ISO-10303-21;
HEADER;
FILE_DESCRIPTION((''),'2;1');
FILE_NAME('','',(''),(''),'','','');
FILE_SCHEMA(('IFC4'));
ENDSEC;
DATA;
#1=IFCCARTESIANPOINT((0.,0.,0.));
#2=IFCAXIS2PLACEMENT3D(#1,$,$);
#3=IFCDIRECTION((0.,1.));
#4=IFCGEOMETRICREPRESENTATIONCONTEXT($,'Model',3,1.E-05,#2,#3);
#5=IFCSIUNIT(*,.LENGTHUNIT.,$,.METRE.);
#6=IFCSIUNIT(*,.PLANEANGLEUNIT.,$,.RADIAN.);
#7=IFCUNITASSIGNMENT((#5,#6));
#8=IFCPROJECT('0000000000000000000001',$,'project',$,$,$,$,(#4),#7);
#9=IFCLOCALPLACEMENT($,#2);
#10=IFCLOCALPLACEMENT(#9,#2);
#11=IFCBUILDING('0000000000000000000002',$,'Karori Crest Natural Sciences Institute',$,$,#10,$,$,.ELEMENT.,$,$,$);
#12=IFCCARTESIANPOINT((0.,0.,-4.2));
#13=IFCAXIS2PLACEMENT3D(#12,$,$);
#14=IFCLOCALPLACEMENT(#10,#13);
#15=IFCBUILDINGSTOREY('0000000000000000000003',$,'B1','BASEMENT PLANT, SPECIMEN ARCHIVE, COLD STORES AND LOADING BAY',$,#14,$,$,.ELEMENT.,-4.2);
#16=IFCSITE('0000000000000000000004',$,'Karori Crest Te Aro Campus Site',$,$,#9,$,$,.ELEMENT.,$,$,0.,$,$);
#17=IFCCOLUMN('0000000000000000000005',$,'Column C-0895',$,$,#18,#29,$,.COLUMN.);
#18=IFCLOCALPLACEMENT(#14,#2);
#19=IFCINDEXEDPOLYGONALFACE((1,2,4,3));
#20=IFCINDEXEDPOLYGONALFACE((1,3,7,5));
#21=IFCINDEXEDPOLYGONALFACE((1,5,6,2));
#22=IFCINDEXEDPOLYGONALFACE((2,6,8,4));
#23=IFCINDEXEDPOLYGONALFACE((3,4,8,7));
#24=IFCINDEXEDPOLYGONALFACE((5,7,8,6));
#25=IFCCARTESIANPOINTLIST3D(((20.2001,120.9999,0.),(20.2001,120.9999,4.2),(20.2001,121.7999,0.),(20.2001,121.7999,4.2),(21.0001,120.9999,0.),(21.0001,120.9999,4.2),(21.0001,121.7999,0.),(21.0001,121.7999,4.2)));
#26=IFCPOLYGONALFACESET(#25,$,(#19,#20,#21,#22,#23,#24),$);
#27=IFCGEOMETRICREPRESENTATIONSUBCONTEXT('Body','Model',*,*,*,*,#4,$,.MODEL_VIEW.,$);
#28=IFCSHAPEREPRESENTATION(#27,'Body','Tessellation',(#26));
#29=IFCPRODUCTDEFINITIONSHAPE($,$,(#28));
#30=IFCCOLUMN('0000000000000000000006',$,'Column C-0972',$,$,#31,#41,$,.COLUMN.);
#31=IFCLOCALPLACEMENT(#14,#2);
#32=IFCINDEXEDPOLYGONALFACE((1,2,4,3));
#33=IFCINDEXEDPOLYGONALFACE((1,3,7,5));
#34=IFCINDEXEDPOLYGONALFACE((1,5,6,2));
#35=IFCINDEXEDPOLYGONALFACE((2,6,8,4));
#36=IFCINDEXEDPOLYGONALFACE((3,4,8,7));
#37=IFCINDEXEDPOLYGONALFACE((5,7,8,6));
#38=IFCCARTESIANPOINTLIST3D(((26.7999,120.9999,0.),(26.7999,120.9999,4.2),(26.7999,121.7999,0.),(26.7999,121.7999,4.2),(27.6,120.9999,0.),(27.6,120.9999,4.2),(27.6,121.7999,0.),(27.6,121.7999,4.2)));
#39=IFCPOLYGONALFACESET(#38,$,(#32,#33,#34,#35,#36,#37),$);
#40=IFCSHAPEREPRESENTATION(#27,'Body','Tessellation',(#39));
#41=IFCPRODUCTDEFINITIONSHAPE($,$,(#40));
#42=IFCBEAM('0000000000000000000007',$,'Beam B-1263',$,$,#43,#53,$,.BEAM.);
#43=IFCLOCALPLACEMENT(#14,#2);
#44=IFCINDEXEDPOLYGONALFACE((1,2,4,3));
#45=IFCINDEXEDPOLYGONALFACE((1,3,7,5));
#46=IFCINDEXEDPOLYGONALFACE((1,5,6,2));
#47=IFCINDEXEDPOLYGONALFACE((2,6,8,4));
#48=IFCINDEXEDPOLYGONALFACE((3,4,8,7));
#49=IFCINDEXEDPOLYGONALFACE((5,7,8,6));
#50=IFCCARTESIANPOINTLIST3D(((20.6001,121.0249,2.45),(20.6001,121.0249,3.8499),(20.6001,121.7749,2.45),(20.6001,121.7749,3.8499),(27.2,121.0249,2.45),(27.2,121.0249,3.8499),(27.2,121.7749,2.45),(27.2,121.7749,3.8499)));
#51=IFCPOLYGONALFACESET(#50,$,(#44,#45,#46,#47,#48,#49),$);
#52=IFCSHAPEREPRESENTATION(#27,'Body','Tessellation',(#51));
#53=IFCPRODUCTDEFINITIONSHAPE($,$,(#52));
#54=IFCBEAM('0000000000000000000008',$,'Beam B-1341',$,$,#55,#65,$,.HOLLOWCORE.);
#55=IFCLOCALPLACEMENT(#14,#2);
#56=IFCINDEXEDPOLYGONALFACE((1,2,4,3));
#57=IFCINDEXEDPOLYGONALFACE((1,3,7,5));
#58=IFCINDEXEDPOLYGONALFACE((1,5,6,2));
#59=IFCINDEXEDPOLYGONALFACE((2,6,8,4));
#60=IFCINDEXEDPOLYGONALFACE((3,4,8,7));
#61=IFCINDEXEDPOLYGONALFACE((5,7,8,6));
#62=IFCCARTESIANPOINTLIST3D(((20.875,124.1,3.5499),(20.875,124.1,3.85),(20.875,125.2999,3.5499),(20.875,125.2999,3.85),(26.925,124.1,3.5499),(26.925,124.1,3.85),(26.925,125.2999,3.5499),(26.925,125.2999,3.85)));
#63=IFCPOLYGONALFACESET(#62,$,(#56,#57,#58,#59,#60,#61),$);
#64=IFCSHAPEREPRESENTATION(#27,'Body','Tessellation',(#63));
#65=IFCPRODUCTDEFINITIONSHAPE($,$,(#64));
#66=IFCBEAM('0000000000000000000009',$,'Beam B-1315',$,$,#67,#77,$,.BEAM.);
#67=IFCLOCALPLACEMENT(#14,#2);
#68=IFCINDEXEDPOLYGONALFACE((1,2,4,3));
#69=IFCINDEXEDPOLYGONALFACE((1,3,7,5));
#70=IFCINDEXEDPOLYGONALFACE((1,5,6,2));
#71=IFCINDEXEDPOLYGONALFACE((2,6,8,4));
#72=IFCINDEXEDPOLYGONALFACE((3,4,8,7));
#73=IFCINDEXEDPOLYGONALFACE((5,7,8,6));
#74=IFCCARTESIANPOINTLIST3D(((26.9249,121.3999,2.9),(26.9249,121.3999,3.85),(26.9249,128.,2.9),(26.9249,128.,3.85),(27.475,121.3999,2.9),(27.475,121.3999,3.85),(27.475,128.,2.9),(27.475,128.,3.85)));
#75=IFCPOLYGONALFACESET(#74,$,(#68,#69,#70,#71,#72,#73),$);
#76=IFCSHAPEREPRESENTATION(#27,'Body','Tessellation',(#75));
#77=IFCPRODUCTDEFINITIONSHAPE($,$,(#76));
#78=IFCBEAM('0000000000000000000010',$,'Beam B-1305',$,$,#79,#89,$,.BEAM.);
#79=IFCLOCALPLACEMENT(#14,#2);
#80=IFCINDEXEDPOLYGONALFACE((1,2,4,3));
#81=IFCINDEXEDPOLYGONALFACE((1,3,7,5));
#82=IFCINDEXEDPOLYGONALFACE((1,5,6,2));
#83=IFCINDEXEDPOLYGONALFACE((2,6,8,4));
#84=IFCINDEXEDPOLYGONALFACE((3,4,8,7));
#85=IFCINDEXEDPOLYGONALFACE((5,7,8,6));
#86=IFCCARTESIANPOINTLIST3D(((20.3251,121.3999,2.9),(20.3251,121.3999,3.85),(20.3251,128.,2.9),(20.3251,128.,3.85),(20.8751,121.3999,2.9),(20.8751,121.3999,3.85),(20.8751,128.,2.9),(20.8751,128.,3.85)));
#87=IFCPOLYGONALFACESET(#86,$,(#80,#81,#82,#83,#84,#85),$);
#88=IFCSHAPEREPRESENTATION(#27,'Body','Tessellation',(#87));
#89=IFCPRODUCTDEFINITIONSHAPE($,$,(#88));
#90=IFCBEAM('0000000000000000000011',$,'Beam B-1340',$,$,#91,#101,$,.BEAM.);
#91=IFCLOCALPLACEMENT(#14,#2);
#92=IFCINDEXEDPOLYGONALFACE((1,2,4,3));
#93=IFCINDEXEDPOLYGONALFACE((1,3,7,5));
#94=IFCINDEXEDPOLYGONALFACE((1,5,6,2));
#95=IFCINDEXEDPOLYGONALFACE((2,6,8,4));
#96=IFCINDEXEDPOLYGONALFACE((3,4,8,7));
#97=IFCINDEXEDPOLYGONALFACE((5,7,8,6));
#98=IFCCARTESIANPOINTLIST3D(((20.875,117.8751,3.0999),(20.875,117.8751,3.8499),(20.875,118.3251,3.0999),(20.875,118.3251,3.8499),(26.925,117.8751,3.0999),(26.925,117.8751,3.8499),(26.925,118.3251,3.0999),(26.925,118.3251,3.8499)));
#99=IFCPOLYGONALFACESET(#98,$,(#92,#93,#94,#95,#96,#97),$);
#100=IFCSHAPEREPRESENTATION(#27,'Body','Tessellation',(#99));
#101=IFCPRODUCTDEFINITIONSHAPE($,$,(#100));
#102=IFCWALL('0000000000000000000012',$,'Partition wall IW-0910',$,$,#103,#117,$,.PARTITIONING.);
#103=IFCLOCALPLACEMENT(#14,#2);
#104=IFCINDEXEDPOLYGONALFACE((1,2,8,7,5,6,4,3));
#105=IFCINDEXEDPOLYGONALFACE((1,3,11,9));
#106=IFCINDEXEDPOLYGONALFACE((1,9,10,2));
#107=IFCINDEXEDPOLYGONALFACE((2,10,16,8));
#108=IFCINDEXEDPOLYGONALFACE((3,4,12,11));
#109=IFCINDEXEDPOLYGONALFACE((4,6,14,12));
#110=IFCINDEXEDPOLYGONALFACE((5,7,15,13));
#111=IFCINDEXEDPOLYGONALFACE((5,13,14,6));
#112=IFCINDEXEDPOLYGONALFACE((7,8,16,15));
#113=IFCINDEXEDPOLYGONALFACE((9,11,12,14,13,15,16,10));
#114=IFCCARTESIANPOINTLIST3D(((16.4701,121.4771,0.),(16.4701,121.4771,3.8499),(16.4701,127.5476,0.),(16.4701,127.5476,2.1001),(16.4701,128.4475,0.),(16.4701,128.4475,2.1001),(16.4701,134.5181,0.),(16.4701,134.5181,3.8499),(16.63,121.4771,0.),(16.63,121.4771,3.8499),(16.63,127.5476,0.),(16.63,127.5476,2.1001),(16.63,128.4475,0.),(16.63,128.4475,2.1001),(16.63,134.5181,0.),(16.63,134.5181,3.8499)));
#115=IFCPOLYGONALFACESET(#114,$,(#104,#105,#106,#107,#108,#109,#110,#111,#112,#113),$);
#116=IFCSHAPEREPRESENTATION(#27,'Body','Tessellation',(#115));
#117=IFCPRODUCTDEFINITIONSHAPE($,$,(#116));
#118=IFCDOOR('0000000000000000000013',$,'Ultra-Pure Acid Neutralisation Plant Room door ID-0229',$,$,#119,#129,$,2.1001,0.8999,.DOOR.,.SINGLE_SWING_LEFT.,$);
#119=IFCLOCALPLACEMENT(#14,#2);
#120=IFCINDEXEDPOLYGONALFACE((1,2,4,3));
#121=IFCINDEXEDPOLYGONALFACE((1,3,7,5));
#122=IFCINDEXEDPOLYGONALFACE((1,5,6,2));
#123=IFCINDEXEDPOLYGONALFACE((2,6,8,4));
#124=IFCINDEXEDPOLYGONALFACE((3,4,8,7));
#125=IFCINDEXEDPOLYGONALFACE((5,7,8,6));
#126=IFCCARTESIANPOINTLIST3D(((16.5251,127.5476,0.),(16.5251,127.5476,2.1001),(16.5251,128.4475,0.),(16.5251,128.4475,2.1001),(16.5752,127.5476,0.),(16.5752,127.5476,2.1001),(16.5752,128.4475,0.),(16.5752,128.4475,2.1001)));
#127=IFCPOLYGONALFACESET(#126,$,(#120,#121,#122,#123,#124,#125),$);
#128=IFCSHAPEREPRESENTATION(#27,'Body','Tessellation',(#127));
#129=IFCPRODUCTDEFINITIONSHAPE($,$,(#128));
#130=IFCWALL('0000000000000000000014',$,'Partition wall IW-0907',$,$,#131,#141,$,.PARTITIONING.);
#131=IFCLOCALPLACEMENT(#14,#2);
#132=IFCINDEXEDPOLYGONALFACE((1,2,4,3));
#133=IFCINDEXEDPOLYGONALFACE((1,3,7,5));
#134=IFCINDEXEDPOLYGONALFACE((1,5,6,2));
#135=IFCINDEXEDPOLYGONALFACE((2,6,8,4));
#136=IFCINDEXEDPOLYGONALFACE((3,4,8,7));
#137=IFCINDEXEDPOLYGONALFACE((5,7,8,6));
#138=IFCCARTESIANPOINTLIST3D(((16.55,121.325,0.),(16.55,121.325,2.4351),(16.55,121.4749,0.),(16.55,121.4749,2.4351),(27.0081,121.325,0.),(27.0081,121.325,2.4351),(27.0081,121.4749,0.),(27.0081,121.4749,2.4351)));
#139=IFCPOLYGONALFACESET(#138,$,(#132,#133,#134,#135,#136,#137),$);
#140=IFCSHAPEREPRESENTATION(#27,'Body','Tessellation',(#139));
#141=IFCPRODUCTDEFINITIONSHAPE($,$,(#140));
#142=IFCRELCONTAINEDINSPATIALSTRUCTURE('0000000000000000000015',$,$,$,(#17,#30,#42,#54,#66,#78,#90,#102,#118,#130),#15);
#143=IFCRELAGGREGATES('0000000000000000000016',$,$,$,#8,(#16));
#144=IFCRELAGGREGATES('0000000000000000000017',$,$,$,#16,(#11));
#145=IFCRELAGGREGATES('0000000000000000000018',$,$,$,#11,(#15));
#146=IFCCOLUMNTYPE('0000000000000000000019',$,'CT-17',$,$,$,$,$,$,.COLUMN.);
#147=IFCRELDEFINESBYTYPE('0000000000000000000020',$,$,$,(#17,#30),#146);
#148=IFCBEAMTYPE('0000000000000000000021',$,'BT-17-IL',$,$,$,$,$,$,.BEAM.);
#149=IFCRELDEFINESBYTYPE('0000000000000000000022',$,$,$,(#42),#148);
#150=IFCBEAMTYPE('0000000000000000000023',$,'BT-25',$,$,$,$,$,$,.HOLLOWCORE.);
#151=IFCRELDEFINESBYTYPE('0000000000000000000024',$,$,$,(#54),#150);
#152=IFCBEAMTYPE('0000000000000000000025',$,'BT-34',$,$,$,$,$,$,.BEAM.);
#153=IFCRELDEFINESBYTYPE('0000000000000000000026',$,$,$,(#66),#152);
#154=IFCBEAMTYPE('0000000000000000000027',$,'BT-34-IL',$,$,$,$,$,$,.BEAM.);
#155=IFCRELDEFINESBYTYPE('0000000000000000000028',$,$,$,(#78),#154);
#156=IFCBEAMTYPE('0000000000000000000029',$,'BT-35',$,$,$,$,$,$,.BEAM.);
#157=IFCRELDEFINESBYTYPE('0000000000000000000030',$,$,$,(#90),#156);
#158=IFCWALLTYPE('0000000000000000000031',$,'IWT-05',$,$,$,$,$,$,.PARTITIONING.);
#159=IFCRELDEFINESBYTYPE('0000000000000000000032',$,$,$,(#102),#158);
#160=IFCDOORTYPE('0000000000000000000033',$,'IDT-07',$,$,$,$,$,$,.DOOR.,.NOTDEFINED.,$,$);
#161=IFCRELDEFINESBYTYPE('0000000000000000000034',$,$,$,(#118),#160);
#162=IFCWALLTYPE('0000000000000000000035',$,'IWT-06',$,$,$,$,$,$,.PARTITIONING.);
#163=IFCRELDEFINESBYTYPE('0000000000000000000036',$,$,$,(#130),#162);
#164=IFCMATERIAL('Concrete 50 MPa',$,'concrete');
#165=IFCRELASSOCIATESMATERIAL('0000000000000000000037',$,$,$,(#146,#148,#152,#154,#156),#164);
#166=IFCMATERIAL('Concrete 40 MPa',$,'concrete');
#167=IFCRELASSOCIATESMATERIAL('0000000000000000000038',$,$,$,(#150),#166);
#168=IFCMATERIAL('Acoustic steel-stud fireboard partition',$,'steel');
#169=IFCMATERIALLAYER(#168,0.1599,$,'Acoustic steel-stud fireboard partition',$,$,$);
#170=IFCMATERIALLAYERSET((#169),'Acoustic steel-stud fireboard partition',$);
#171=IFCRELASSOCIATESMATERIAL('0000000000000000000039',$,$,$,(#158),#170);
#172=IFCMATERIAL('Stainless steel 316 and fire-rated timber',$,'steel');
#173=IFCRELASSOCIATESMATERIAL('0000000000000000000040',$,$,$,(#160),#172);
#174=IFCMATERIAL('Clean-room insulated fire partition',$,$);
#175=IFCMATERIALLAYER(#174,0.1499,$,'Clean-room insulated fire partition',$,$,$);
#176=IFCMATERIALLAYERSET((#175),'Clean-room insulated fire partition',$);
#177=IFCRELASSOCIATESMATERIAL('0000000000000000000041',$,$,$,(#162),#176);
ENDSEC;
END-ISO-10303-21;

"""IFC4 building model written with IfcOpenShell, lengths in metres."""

from ifc_helpers import new_model, si_unit, direction, frame, frame_2d, origin, origin_2d, place, context, subcontext, project, spatial, rectangle, extrude, material, layer, layer_set, material_profile, profile_set, type_object, element, fill, save


model = new_model("IFC4")

# Units and contexts
model_context = context("Model", 3, precision=1e-05, world=origin(), true_north=direction((0.0, 1.0)))
body_context = subcontext(model_context, "Body", "Model", "MODEL_VIEW")
ifc_project = project(units=[si_unit("LENGTHUNIT", "METRE"), si_unit("PLANEANGLEUNIT", "RADIAN")], contexts=[model_context])

# Site, building, storey
site_placement = place(None, origin())
site = spatial("IfcSite", under=ifc_project, at=site_placement, Name="Karori Crest Te Aro Campus Site", CompositionType="ELEMENT", RefElevation=0.0)
building_placement = place(site_placement, origin())
building = spatial("IfcBuilding", under=site, at=building_placement, Name="Karori Crest Natural Sciences Institute", CompositionType="ELEMENT")
storey_placement = place(building_placement, frame((0.0, 0.0, -4.2)))
storey = spatial("IfcBuildingStorey", under=building, at=storey_placement, Name="B1", Description="BASEMENT PLANT, SPECIMEN ARCHIVE, COLD STORES AND LOADING BAY", CompositionType="ELEMENT", Elevation=-4.2)

# Shared definitions
ifc_material_1 = material(Name="Concrete 40 MPa", Category="concrete")

# Columns
ifc_material_2 = material(Name="Concrete 50 MPa", Category="concrete")
ifc_material_profile_1 = material_profile(ifc_material_2, rectangle(XDim=0.8, YDim=0.8, at=origin_2d()), Name="RC800x800")
ifc_profile_set_1 = profile_set([ifc_material_profile_1], Name="Concrete 50 MPa")
column_type = type_object("IfcColumnType", Name="CT-17", PredefinedType="COLUMN", material=ifc_profile_set_1)
for number, where, z_axis, x_axis, name in (
    (1, (20.6001, 121.3999, 0.0), (0.0, 0.0, 1.0), (1.0, 0.0, 0.0), "Column C-0895"),
    (2, (27.2, 121.3999, 0.0), (0.0, 0.0, 1.0), (1.0, 0.0, 0.0), "Column C-0972"),
):
    element("IfcColumn", number, at=place(storey_placement, frame(where, z_axis=z_axis, x_axis=x_axis)), inside=storey, type_object=column_type, Name=name, PredefinedType="COLUMN", context=body_context, shape_type="SweptSolid", body=[
        extrude(rectangle(XDim=0.8, YDim=0.8, at=origin_2d()), origin(), (0.0, 0.0, 1.0), 4.2),
    ])

# Beams
ifc_material_profile_2 = material_profile(ifc_material_2, rectangle(XDim=0.75, YDim=1.3999, at=origin_2d()), Name="RCB750x1400")
ifc_profile_set_2 = profile_set([ifc_material_profile_2], Name="Concrete 50 MPa")
beam_type_1 = type_object("IfcBeamType", Name="BT-17-IL", PredefinedType="BEAM", material=ifc_profile_set_2)
beam_1_placement = place(storey_placement, frame((20.6001, 121.3999, 3.1499), z_axis=(1.0, 0.0, 0.0), x_axis=(0.0, 1.0, 0.0)))
element("IfcBeam", 3, at=beam_1_placement, inside=storey, type_object=beam_type_1, Name="Beam B-1263", PredefinedType="BEAM", context=body_context, shape_type="SweptSolid", body=[
    extrude(rectangle(XDim=0.75, YDim=1.3999, at=origin_2d()), origin(), (0.0, 0.0, 1.0), 6.5999),
])
ifc_material_profile_3 = material_profile(ifc_material_1, rectangle(XDim=1.2, YDim=0.3, at=origin_2d()), Name="HCP1200x300")
ifc_profile_set_3 = profile_set([ifc_material_profile_3], Name="Concrete 40 MPa")
beam_type_2 = type_object("IfcBeamType", Name="BT-25", PredefinedType="HOLLOWCORE", material=ifc_profile_set_3)
beam_2_placement = place(storey_placement, frame((20.875, 124.7, 3.7), z_axis=(1.0, 0.0, 0.0), x_axis=(0.0, 1.0, 0.0)))
element("IfcBeam", 4, at=beam_2_placement, inside=storey, type_object=beam_type_2, Name="Beam B-1341", PredefinedType="HOLLOWCORE", context=body_context, shape_type="SweptSolid", body=[
    extrude(rectangle(XDim=1.2, YDim=0.3, at=origin_2d()), origin(), (0.0, 0.0, 1.0), 6.05),
])
ifc_material_profile_4 = material_profile(ifc_material_2, rectangle(XDim=0.55, YDim=0.95, at=origin_2d()), Name="RCB550x950")
ifc_profile_set_4 = profile_set([ifc_material_profile_4], Name="Concrete 50 MPa")
beam_type_3 = type_object("IfcBeamType", Name="BT-34", PredefinedType="BEAM", material=ifc_profile_set_4)
beam_3_placement = place(storey_placement, frame((27.2, 121.3999, 3.375), z_axis=(0.0, 1.0, 0.0), x_axis=(-1.0, 0.0, 0.0)))
element("IfcBeam", 5, at=beam_3_placement, inside=storey, type_object=beam_type_3, Name="Beam B-1315", PredefinedType="BEAM", context=body_context, shape_type="SweptSolid", body=[
    extrude(rectangle(XDim=0.55, YDim=0.95, at=origin_2d()), origin(), (0.0, 0.0, 1.0), 6.6001),
])
ifc_material_profile_5 = material_profile(ifc_material_2, rectangle(XDim=0.55, YDim=0.95, at=origin_2d()), Name="RCB550x950")
ifc_profile_set_5 = profile_set([ifc_material_profile_5], Name="Concrete 50 MPa")
beam_type_4 = type_object("IfcBeamType", Name="BT-34-IL", PredefinedType="BEAM", material=ifc_profile_set_5)
beam_4_placement = place(storey_placement, frame((20.6001, 121.3999, 3.375), z_axis=(0.0, 1.0, 0.0), x_axis=(-1.0, 0.0, 0.0)))
element("IfcBeam", 6, at=beam_4_placement, inside=storey, type_object=beam_type_4, Name="Beam B-1305", PredefinedType="BEAM", context=body_context, shape_type="SweptSolid", body=[
    extrude(rectangle(XDim=0.55, YDim=0.95, at=origin_2d()), origin(), (0.0, 0.0, 1.0), 6.6001),
])
ifc_material_profile_6 = material_profile(ifc_material_2, rectangle(XDim=0.45, YDim=0.75, at=origin_2d()), Name="RCB450x750")
ifc_profile_set_6 = profile_set([ifc_material_profile_6], Name="Concrete 50 MPa")
beam_type_5 = type_object("IfcBeamType", Name="BT-35", PredefinedType="BEAM", material=ifc_profile_set_6)
beam_5_placement = place(storey_placement, frame((20.875, 118.1001, 3.4749), z_axis=(1.0, 0.0, 0.0), x_axis=(0.0, 1.0, 0.0)))
element("IfcBeam", 7, at=beam_5_placement, inside=storey, type_object=beam_type_5, Name="Beam B-1340", PredefinedType="BEAM", context=body_context, shape_type="SweptSolid", body=[
    extrude(rectangle(XDim=0.45, YDim=0.75, at=origin_2d()), origin(), (0.0, 0.0, 1.0), 6.05),
])

# Wall, opening, door
ifc_material_3 = material(Name="Acoustic steel-stud fireboard partition", Category="steel")
ifc_layer_1 = layer(ifc_material_3, 0.1599, Name="Acoustic steel-stud fireboard partition")
ifc_layer_set_1 = layer_set([ifc_layer_1], Name="Acoustic steel-stud fireboard partition")
wall_type_1 = type_object("IfcWallType", Name="IWT-05", PredefinedType="PARTITIONING", material=ifc_layer_set_1)
wall_1_placement = place(storey_placement, frame((16.55, 121.4771, 0.0), z_axis=(0.0, 0.0, 1.0), x_axis=(0.0, 1.0, 0.0)))
wall_1 = element("IfcWall", 8, at=wall_1_placement, inside=storey, type_object=wall_type_1, Name="Partition wall IW-0910", PredefinedType="PARTITIONING", context=body_context, shape_type="SweptSolid", body=[
    extrude(rectangle(XDim=13.041, YDim=0.1599, at=frame_2d((6.5205, 0.0))), origin(), (0.0, 0.0, 1.0), 3.8499),
])
opening_placement = place(wall_1_placement, frame((6.0706, 0.0, 0.0)))
opening = element("IfcOpeningElement", 9, at=opening_placement, cuts=wall_1, PredefinedType="OPENING", context=body_context, shape_type="SweptSolid", body=[
    extrude(rectangle(XDim=0.8999, YDim=2.1001, at=frame_2d((0.45, 1.05))), frame((0.0, 0.0898, 0.0), z_axis=(0.0, -1.0, 0.0), x_axis=(1.0, 0.0, 0.0)), (0.0, 0.0, 1.0), 0.1799),
])
ifc_material_4 = material(Name="Stainless steel 316 and fire-rated timber", Category="steel")
door_type = type_object("IfcDoorType", Name="IDT-07", OperationType="NOTDEFINED", PredefinedType="DOOR", material=ifc_material_4)
door_placement = place(opening_placement, origin())
door = element("IfcDoor", 10, at=door_placement, inside=storey, type_object=door_type, Name="Ultra-Pure Acid Neutralisation Plant Room door ID-0229", OperationType="SINGLE_SWING_LEFT", OverallHeight=2.1001, OverallWidth=0.8999, PredefinedType="DOOR", context=body_context, shape_type="SweptSolid", body=[
    extrude(rectangle(XDim=0.8999, YDim=2.1001, at=frame_2d((0.45, 1.05))), frame((0.0, 0.0249, 0.0), z_axis=(0.0, -1.0, 0.0), x_axis=(1.0, 0.0, 0.0)), (0.0, 0.0, 1.0), 0.05),
])
fill(opening, door)

# Wall
ifc_material_5 = material(Name="Clean-room insulated fire partition")
ifc_layer_2 = layer(ifc_material_5, 0.1499, Name="Clean-room insulated fire partition")
ifc_layer_set_2 = layer_set([ifc_layer_2], Name="Clean-room insulated fire partition")
wall_type_2 = type_object("IfcWallType", Name="IWT-06", PredefinedType="PARTITIONING", material=ifc_layer_set_2)
wall_2_placement = place(storey_placement, frame((16.55, 121.3999, 0.0), z_axis=(0.0, 0.0, 1.0), x_axis=(1.0, 0.0, 0.0)))
element("IfcWall", 11, at=wall_2_placement, inside=storey, type_object=wall_type_2, Name="Partition wall IW-0907", PredefinedType="PARTITIONING", context=body_context, shape_type="SweptSolid", body=[
    extrude(rectangle(XDim=10.458, YDim=0.1499, at=frame_2d((5.229, 0.0))), origin(), (0.0, 0.0, 1.0), 2.4351),
])

save(model, "model.ifc")
